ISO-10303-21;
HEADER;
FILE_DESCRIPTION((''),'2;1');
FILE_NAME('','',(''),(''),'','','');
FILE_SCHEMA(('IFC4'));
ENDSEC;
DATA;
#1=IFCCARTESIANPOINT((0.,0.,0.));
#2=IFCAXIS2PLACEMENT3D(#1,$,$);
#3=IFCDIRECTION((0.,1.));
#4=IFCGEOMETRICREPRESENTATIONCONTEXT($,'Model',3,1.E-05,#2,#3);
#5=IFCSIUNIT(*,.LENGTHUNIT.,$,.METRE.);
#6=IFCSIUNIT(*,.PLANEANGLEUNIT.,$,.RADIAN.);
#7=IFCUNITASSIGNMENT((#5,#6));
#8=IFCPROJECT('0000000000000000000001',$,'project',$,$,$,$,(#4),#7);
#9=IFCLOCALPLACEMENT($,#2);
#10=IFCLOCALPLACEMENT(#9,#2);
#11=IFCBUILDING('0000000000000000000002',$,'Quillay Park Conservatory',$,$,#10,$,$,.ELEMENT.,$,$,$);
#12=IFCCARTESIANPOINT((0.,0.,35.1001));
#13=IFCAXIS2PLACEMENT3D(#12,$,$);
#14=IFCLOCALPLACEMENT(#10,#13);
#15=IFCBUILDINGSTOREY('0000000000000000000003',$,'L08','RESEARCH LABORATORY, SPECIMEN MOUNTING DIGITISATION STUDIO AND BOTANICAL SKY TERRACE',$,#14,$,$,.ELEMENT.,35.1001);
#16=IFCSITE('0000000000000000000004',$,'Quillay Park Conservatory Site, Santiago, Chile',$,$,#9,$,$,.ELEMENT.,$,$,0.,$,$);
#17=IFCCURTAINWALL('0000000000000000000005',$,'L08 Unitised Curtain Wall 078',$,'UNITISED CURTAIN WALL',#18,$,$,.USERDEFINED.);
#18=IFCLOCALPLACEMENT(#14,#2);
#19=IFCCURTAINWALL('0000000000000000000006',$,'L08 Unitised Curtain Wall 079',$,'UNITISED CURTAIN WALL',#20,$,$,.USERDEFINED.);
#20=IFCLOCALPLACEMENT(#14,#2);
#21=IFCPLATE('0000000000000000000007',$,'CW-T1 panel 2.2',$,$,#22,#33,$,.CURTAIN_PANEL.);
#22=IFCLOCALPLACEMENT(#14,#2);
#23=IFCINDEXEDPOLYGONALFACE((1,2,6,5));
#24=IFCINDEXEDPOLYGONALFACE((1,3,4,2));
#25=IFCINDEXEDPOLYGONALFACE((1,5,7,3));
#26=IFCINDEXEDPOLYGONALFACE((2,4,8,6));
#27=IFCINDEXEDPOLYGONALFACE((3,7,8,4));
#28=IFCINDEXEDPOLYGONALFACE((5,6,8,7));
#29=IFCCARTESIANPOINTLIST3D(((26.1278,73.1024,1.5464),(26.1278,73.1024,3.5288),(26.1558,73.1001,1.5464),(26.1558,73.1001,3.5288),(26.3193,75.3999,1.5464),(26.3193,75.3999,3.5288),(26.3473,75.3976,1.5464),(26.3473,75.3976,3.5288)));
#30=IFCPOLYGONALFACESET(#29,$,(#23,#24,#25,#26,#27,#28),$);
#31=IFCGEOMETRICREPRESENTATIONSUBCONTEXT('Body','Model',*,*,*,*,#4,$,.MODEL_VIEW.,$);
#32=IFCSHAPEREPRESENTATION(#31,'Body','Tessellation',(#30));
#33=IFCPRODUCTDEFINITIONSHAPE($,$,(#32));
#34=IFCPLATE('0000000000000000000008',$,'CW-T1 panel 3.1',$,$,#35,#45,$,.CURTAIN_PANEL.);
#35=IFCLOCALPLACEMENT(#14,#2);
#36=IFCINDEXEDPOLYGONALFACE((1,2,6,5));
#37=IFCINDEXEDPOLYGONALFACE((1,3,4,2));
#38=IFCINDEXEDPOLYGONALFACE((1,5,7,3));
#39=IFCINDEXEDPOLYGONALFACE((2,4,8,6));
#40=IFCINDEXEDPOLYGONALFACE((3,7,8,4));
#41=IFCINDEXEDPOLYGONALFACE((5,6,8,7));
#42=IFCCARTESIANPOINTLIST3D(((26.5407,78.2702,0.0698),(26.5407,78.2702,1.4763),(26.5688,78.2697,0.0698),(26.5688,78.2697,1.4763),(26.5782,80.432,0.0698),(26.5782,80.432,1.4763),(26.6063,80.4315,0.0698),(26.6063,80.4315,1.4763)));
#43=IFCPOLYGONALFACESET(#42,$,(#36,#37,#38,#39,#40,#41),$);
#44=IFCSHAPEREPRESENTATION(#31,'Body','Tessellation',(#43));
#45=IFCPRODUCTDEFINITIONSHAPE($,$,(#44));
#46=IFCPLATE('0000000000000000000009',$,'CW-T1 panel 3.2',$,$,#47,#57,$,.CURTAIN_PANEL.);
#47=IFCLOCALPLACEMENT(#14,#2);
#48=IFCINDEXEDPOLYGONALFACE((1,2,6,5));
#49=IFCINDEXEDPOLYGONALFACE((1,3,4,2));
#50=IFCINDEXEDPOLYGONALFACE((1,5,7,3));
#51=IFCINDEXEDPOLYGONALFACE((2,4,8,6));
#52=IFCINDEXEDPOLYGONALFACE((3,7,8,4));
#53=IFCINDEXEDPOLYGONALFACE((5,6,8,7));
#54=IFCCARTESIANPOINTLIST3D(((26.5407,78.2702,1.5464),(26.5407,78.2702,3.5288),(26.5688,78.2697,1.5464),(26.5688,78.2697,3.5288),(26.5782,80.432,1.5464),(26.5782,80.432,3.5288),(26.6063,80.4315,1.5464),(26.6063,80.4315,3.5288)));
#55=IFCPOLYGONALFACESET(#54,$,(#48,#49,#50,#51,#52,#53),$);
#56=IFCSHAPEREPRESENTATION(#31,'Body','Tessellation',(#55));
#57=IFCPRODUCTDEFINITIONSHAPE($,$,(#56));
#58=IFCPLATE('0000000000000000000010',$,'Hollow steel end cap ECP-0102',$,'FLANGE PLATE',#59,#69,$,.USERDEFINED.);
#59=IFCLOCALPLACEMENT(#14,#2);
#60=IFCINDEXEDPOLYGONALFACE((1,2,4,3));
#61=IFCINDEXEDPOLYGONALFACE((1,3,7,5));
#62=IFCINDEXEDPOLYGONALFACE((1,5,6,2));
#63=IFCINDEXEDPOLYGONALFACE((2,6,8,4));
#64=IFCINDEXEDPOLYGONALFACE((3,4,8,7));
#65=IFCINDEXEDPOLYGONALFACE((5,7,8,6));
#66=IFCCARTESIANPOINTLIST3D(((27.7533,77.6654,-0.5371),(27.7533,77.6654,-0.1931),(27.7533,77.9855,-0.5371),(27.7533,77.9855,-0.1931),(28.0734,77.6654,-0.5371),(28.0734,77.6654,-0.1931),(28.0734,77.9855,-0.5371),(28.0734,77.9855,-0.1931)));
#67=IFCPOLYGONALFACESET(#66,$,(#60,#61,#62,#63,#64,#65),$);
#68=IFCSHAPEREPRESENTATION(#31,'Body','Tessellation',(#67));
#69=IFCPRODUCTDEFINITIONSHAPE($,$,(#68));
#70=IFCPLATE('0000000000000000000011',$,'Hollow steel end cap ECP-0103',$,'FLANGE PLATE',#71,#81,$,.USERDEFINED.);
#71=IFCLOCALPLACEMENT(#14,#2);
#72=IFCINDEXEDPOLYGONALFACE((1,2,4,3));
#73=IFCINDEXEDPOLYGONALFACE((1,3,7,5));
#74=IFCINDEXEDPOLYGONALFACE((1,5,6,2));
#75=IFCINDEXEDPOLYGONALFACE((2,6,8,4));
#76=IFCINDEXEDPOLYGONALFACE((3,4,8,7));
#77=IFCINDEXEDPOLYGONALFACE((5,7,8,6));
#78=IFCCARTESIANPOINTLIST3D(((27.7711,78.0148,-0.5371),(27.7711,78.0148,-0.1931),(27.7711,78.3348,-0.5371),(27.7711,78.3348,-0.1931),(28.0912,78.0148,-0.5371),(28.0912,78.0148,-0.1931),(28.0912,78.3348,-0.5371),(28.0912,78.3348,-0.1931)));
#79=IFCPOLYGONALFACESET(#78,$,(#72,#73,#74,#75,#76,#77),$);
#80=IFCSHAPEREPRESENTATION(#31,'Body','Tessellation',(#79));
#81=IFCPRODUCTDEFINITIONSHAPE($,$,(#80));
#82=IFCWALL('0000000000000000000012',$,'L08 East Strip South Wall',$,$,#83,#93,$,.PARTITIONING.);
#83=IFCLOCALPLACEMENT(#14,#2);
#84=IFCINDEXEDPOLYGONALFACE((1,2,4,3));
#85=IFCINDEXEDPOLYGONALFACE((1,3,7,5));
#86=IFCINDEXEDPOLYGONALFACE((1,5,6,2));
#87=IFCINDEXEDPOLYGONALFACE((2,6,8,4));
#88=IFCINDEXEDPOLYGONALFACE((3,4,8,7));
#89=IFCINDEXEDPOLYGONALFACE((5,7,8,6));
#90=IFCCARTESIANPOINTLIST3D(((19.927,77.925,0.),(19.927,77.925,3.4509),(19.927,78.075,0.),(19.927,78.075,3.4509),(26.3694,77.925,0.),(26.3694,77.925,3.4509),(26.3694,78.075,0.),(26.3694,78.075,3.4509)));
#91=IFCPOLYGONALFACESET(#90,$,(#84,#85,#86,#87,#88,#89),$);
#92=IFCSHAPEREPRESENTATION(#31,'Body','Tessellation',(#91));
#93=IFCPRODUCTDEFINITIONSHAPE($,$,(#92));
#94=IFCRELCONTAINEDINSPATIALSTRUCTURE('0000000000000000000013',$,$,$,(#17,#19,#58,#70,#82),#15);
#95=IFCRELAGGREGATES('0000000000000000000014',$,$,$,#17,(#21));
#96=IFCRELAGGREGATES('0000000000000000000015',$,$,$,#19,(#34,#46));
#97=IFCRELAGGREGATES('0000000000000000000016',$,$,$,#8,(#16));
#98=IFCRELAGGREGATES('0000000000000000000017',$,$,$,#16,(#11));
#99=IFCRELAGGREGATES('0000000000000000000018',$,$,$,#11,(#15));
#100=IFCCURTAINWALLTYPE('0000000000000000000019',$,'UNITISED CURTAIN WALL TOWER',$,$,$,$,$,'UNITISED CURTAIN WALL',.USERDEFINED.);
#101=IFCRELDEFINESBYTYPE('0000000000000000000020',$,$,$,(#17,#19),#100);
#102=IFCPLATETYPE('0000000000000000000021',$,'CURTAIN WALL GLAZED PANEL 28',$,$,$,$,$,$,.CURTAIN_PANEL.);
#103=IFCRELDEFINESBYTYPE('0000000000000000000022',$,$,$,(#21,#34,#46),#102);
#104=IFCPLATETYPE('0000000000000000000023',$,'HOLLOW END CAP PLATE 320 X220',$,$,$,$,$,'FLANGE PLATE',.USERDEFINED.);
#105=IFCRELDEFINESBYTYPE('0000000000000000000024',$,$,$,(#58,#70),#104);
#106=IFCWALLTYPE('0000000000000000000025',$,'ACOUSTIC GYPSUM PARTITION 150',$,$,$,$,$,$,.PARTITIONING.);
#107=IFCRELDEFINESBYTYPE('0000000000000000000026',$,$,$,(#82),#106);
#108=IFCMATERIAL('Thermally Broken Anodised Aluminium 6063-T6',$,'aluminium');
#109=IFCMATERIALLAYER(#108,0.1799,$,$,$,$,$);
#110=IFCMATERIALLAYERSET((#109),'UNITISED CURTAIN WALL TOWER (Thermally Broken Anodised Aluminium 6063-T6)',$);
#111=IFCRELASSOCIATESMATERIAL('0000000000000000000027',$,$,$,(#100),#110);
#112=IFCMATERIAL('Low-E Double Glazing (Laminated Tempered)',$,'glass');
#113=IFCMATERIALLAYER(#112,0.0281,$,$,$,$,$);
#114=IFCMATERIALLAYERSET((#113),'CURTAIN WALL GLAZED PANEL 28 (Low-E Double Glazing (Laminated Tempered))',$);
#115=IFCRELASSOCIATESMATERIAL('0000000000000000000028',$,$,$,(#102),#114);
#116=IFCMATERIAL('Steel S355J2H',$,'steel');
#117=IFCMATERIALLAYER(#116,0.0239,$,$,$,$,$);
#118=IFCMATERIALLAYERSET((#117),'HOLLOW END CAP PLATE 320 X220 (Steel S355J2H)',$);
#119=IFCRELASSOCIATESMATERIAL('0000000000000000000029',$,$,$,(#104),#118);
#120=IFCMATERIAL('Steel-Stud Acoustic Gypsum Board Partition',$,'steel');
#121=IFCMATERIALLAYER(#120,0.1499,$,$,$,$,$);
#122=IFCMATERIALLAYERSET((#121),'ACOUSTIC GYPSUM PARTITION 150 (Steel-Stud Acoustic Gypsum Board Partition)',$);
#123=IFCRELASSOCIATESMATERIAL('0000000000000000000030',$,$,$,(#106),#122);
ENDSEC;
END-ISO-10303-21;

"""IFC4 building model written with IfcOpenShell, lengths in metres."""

from ifc_helpers import new_model, si_unit, direction, frame, frame_2d, origin, origin_2d, place, context, subcontext, project, spatial, rectangle, extrude, material, layer, layer_set, type_object, element, aggregate, save


model = new_model("IFC4")

# Units and contexts
model_context = context("Model", 3, precision=1e-05, world=origin(), true_north=direction((0.0, 1.0)))
body_context = subcontext(model_context, "Body", "Model", "MODEL_VIEW")
ifc_project = project(units=[si_unit("LENGTHUNIT", "METRE"), si_unit("PLANEANGLEUNIT", "RADIAN")], contexts=[model_context])

# Site, building, storey
site_placement = place(None, origin())
site = spatial("IfcSite", under=ifc_project, at=site_placement, Name="Quillay Park Conservatory Site, Santiago, Chile", CompositionType="ELEMENT", RefElevation=0.0)
building_placement = place(site_placement, origin())
building = spatial("IfcBuilding", under=site, at=building_placement, Name="Quillay Park Conservatory", CompositionType="ELEMENT")
storey_placement = place(building_placement, frame((0.0, 0.0, 35.1001)))
storey = spatial("IfcBuildingStorey", under=building, at=storey_placement, Name="L08", Description="RESEARCH LABORATORY, SPECIMEN MOUNTING DIGITISATION STUDIO AND BOTANICAL SKY TERRACE", CompositionType="ELEMENT", Elevation=35.1001)

# Curtain walls
ifc_material_1 = material(Name="Thermally Broken Anodised Aluminium 6063-T6", Category="aluminium")
ifc_layer_1 = layer(ifc_material_1, 0.1799)
ifc_layer_set_1 = layer_set([ifc_layer_1], Name="UNITISED CURTAIN WALL TOWER (Thermally Broken Anodised Aluminium 6063-T6)")
curtain_wall_type = type_object("IfcCurtainWallType", Name="UNITISED CURTAIN WALL TOWER", ElementType="UNITISED CURTAIN WALL", PredefinedType="USERDEFINED", material=ifc_layer_set_1)
curtain_wall_1_placement = place(storey_placement, origin())
curtain_wall_1 = element("IfcCurtainWall", 1, at=curtain_wall_1_placement, inside=storey, type_object=curtain_wall_type, Name="L08 Unitised Curtain Wall 078", ObjectType="UNITISED CURTAIN WALL", PredefinedType="USERDEFINED")
curtain_wall_2_placement = place(storey_placement, origin())
curtain_wall_2 = element("IfcCurtainWall", 2, at=curtain_wall_2_placement, inside=storey, type_object=curtain_wall_type, Name="L08 Unitised Curtain Wall 079", ObjectType="UNITISED CURTAIN WALL", PredefinedType="USERDEFINED")

# Plates
ifc_material_2 = material(Name="Low-E Double Glazing (Laminated Tempered)", Category="glass")
ifc_layer_2 = layer(ifc_material_2, 0.0281)
ifc_layer_set_2 = layer_set([ifc_layer_2], Name="CURTAIN WALL GLAZED PANEL 28 (Low-E Double Glazing (Laminated Tempered))")
plate_type_1 = type_object("IfcPlateType", Name="CURTAIN WALL GLAZED PANEL 28", PredefinedType="CURTAIN_PANEL", material=ifc_layer_set_2)
plate_1_placement = place(storey_placement, frame((26.2375, 74.25, 1.5464), z_axis=(0.0, 0.0, 1.0), x_axis=(-0.083048, -0.996546, 0.0)))
plate_1 = element("IfcPlate", 3, at=plate_1_placement, type_object=plate_type_1, Name="CW-T1 panel 2.2", PredefinedType="CURTAIN_PANEL", context=body_context, shape_type="SweptSolid", body=[
    extrude(rectangle(XDim=2.3054, YDim=0.0281, at=origin_2d()), origin(), (0.0, 0.0, 1.0), 1.9824),
])
aggregate(curtain_wall_1, [plate_1])
plate_2_placement = place(storey_placement, frame((26.5735, 79.3508, 0.0698), z_axis=(0.0, 0.0, 1.0), x_axis=(-0.01735, -0.999849, 0.0)))
plate_2 = element("IfcPlate", 4, at=plate_2_placement, type_object=plate_type_1, Name="CW-T1 panel 3.1", PredefinedType="CURTAIN_PANEL", context=body_context, shape_type="SweptSolid", body=[
    extrude(rectangle(XDim=2.1621, YDim=0.0281, at=origin_2d()), origin(), (0.0, 0.0, 1.0), 1.4065),
])
plate_3_placement = place(storey_placement, frame((26.5735, 79.3508, 1.5464), z_axis=(0.0, 0.0, 1.0), x_axis=(-0.01735, -0.999849, 0.0)))
plate_3 = element("IfcPlate", 5, at=plate_3_placement, type_object=plate_type_1, Name="CW-T1 panel 3.2", PredefinedType="CURTAIN_PANEL", context=body_context, shape_type="SweptSolid", body=[
    extrude(rectangle(XDim=2.1621, YDim=0.0281, at=origin_2d()), origin(), (0.0, 0.0, 1.0), 1.9824),
])
aggregate(curtain_wall_2, [plate_2, plate_3])

# Plates
ifc_material_3 = material(Name="Steel S355J2H", Category="steel")
ifc_layer_3 = layer(ifc_material_3, 0.0239)
ifc_layer_set_3 = layer_set([ifc_layer_3], Name="HOLLOW END CAP PLATE 320 X220 (Steel S355J2H)")
plate_type_2 = type_object("IfcPlateType", Name="HOLLOW END CAP PLATE 320 X220", ElementType="FLANGE PLATE", PredefinedType="USERDEFINED", material=ifc_layer_set_3)
for number, where, z_axis, x_axis, name in (
    (6, (27.9133, 77.8254, -0.5371), (0.0, 0.0, 1.0), (1.0, 0.0, 0.0), "Hollow steel end cap ECP-0102"),
    (7, (27.9312, 78.1748, -0.5371), (0.0, 0.0, 1.0), (1.0, 0.0, 0.0), "Hollow steel end cap ECP-0103"),
):
    element("IfcPlate", number, at=place(storey_placement, frame(where, z_axis=z_axis, x_axis=x_axis)), inside=storey, type_object=plate_type_2, Name=name, ObjectType="FLANGE PLATE", PredefinedType="USERDEFINED", context=body_context, shape_type="SweptSolid", body=[
        extrude(rectangle(XDim=0.3201, YDim=0.3201, at=origin_2d()), origin(), (0.0, 0.0, 1.0), 0.344),
    ])

# Wall
ifc_material_4 = material(Name="Steel-Stud Acoustic Gypsum Board Partition", Category="steel")
ifc_layer_4 = layer(ifc_material_4, 0.1499)
ifc_layer_set_4 = layer_set([ifc_layer_4], Name="ACOUSTIC GYPSUM PARTITION 150 (Steel-Stud Acoustic Gypsum Board Partition)")
wall_type = type_object("IfcWallType", Name="ACOUSTIC GYPSUM PARTITION 150", PredefinedType="PARTITIONING", material=ifc_layer_set_4)
wall_placement = place(storey_placement, frame((26.3694, 78.0, 0.0), z_axis=(0.0, 0.0, 1.0), x_axis=(-1.0, 0.0, 0.0)))
element("IfcWall", 8, at=wall_placement, inside=storey, type_object=wall_type, Name="L08 East Strip South Wall", PredefinedType="PARTITIONING", context=body_context, shape_type="SweptSolid", body=[
    extrude(rectangle(XDim=6.4424, YDim=0.1499, at=frame_2d((3.2212, 0.0))), origin(), (0.0, 0.0, 1.0), 3.4509),
])

save(model, "model.ifc")
